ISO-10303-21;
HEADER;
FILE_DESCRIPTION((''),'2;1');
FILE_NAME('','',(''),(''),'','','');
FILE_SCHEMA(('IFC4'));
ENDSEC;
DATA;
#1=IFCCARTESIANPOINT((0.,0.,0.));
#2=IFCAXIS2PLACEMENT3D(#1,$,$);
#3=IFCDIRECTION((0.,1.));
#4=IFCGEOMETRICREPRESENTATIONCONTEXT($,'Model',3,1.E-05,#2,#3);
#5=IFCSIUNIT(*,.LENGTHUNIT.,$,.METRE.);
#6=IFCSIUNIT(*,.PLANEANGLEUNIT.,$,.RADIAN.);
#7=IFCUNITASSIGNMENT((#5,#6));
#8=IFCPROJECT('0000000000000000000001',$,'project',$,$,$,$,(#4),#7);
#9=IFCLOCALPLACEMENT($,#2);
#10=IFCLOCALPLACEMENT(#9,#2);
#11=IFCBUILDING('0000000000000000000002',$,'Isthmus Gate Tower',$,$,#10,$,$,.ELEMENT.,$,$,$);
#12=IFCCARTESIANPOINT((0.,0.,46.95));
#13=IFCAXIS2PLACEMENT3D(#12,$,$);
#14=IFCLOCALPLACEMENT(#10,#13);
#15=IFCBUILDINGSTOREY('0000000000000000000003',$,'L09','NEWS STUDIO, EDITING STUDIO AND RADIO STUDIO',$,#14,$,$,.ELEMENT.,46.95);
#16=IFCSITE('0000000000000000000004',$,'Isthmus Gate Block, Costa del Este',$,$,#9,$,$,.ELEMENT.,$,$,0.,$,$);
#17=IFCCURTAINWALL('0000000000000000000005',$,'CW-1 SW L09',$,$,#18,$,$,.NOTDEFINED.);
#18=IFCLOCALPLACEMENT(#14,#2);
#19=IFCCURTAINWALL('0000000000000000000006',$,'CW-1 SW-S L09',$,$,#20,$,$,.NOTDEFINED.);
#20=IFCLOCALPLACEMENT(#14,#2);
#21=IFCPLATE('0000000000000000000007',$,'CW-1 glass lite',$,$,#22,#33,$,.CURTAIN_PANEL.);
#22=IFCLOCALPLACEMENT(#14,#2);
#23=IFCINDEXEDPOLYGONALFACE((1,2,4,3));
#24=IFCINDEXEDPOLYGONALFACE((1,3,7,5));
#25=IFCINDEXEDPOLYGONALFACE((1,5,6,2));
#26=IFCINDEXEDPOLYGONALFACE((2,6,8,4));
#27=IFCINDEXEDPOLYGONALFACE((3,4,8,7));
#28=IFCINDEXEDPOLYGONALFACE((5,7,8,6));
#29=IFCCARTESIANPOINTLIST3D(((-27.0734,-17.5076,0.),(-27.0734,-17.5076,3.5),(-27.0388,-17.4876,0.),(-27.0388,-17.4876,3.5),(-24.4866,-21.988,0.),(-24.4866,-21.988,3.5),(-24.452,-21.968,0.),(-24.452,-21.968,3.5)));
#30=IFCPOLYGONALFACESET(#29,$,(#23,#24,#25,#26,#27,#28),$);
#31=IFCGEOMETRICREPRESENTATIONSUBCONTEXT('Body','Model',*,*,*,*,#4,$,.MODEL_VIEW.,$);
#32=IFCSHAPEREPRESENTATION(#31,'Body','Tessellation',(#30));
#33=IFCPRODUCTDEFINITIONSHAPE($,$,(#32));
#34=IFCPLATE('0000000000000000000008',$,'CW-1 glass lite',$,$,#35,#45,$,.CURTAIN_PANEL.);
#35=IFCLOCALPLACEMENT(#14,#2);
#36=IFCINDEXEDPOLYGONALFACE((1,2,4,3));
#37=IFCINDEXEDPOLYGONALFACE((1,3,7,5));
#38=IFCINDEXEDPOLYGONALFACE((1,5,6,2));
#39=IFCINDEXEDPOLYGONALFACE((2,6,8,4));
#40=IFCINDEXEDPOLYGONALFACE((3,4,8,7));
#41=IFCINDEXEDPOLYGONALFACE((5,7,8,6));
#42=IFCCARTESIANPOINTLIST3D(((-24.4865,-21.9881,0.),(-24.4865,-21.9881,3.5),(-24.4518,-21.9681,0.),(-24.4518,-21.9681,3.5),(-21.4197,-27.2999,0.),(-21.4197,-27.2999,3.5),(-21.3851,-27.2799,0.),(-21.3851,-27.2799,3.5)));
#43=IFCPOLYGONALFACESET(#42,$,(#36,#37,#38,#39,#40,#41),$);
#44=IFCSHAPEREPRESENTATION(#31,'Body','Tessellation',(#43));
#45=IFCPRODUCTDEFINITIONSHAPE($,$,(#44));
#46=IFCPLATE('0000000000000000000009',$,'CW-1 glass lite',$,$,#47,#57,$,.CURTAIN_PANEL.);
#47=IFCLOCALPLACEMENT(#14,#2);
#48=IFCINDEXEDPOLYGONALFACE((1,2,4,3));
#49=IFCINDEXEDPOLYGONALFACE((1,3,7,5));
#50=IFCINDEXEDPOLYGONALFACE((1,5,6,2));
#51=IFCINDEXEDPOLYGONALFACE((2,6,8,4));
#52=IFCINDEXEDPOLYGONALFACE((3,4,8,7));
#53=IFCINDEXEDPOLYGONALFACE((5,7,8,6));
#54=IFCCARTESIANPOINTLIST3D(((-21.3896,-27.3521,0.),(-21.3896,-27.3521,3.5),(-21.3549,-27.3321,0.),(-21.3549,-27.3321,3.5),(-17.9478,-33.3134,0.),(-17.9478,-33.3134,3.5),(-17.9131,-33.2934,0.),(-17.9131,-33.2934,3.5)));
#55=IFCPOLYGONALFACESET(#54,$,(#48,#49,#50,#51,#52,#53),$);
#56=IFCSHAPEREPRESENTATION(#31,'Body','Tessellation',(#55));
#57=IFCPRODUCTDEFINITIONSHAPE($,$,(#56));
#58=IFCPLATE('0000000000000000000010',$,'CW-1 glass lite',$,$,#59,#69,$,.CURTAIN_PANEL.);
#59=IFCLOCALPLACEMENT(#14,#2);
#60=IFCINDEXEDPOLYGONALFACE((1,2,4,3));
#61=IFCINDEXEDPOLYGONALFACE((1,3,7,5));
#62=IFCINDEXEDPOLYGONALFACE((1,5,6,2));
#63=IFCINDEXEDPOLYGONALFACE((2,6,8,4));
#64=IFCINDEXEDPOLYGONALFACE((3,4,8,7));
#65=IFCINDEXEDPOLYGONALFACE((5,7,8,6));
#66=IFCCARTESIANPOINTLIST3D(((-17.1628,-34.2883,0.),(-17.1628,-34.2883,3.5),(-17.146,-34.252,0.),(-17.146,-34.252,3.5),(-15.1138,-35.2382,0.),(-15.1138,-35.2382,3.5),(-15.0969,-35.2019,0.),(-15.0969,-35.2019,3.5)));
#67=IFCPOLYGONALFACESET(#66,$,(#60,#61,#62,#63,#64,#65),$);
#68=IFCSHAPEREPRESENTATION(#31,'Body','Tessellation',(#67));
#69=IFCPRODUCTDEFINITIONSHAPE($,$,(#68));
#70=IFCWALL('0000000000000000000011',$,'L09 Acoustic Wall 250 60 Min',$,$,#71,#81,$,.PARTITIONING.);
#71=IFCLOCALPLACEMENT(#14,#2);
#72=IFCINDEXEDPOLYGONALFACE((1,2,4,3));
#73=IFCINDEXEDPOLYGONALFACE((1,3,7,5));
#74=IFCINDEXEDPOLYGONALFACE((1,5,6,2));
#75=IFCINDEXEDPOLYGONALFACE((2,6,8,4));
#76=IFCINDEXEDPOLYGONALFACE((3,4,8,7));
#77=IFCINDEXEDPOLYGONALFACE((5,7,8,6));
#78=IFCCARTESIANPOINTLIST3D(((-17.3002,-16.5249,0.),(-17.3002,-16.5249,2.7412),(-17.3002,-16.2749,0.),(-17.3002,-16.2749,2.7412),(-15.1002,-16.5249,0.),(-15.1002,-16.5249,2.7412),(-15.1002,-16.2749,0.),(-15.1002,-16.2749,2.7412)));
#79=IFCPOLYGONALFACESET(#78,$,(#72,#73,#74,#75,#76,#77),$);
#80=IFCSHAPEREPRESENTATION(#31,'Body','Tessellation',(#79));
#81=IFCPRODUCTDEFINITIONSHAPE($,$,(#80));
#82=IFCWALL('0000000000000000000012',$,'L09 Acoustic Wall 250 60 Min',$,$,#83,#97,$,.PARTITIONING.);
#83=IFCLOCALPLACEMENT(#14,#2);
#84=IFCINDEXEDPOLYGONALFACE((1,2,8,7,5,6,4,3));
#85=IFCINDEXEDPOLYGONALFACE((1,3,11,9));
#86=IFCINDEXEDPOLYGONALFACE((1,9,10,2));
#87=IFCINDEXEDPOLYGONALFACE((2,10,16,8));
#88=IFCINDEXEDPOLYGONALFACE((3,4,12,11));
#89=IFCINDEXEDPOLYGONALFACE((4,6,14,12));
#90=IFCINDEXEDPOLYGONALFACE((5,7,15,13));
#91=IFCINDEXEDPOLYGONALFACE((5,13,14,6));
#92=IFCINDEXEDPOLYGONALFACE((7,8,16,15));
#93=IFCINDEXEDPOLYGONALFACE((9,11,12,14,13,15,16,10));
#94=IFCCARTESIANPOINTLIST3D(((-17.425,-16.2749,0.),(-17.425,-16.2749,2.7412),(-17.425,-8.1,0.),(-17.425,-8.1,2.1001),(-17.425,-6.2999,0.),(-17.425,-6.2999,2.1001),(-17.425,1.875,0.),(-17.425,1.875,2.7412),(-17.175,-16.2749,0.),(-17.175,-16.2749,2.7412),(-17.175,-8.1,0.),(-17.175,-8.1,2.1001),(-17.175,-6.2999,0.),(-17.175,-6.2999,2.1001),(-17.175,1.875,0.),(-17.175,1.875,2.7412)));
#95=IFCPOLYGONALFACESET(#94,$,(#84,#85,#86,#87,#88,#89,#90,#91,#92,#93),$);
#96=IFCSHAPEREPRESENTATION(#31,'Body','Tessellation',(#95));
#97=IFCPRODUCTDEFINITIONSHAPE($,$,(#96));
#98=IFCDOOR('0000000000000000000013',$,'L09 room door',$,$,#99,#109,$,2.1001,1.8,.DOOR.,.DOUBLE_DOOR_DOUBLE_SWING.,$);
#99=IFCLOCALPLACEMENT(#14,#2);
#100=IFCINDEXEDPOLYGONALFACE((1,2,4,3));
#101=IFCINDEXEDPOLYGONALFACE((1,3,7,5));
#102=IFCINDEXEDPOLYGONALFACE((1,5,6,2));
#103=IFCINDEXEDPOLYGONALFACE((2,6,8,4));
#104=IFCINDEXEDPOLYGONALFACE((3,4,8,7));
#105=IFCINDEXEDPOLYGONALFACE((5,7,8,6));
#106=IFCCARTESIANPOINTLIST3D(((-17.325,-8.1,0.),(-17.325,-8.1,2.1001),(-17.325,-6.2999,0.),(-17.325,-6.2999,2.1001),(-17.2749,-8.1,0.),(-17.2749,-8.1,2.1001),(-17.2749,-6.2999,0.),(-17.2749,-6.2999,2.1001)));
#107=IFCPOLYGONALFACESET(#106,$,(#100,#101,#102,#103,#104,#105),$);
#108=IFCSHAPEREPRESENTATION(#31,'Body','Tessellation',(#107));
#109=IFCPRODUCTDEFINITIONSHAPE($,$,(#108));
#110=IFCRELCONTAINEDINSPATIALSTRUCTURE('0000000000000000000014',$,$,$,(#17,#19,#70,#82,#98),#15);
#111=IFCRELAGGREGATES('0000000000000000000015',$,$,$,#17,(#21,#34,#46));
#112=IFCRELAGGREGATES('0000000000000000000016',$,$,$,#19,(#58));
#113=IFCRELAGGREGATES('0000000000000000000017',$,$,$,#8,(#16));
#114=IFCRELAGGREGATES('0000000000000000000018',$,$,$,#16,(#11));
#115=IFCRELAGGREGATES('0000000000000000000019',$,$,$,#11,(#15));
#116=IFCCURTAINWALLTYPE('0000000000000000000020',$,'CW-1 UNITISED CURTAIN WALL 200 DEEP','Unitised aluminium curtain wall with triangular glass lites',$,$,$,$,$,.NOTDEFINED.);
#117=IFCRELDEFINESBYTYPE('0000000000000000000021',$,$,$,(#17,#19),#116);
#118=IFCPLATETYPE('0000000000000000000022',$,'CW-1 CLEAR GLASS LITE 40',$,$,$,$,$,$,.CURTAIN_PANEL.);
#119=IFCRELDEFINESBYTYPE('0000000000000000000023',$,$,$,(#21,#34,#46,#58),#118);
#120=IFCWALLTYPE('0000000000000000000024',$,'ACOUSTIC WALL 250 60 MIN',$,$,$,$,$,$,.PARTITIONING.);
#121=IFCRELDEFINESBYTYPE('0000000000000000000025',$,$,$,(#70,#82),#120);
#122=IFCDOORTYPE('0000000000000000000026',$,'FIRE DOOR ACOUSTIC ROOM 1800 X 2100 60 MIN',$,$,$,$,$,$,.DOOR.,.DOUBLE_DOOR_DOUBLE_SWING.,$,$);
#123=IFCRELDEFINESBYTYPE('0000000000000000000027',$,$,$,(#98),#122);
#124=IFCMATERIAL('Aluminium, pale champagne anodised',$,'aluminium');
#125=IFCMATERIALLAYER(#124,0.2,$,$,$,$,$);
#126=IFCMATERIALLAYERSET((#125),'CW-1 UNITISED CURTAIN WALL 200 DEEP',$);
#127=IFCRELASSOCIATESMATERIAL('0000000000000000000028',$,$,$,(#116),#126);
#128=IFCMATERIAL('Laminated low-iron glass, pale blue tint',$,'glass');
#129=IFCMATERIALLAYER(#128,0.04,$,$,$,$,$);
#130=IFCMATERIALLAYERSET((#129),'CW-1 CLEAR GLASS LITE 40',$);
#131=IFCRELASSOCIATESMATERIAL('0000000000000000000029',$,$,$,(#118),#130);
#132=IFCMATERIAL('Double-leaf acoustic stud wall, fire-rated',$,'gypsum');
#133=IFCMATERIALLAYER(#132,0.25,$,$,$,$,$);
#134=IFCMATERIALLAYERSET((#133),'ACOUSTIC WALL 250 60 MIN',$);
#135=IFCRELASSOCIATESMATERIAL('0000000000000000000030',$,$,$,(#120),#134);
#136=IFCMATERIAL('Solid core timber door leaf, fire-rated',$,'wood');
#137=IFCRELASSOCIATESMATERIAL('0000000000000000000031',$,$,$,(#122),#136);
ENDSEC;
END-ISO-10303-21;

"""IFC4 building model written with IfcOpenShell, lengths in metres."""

from ifc_helpers import new_model, si_unit, direction, frame, frame_2d, origin, origin_2d, place, context, subcontext, project, spatial, rectangle, extrude, material, layer, layer_set, type_object, element, fill, aggregate, save


model = new_model("IFC4")

# Units and contexts
model_context = context("Model", 3, precision=1e-05, world=origin(), true_north=direction((0.0, 1.0)))
body_context = subcontext(model_context, "Body", "Model", "MODEL_VIEW")
ifc_project = project(units=[si_unit("LENGTHUNIT", "METRE"), si_unit("PLANEANGLEUNIT", "RADIAN")], contexts=[model_context])

# Site, building, storey
site_placement = place(None, origin())
site = spatial("IfcSite", under=ifc_project, at=site_placement, Name="Isthmus Gate Block, Costa del Este", CompositionType="ELEMENT", RefElevation=0.0)
building_placement = place(site_placement, origin())
building = spatial("IfcBuilding", under=site, at=building_placement, Name="Isthmus Gate Tower", CompositionType="ELEMENT")
storey_placement = place(building_placement, frame((0.0, 0.0, 46.95)))
storey = spatial("IfcBuildingStorey", under=building, at=storey_placement, Name="L09", Description="NEWS STUDIO, EDITING STUDIO AND RADIO STUDIO", CompositionType="ELEMENT", Elevation=46.95)

# Curtain wall
ifc_material_1 = material(Name="Aluminium, pale champagne anodised", Category="aluminium")
ifc_layer_1 = layer(ifc_material_1, 0.2)
ifc_layer_set_1 = layer_set([ifc_layer_1], Name="CW-1 UNITISED CURTAIN WALL 200 DEEP")
curtain_wall_type = type_object("IfcCurtainWallType", Name="CW-1 UNITISED CURTAIN WALL 200 DEEP", Description="Unitised aluminium curtain wall with triangular glass lites", PredefinedType="NOTDEFINED", material=ifc_layer_set_1)
curtain_wall_1_placement = place(storey_placement, origin())
curtain_wall_1 = element("IfcCurtainWall", 1, at=curtain_wall_1_placement, inside=storey, type_object=curtain_wall_type, Name="CW-1 SW L09", PredefinedType="NOTDEFINED")

# Curtain wall
curtain_wall_2_placement = place(storey_placement, origin())
curtain_wall_2 = element("IfcCurtainWall", 2, at=curtain_wall_2_placement, inside=storey, type_object=curtain_wall_type, Name="CW-1 SW-S L09", PredefinedType="NOTDEFINED")

# Plates
ifc_material_2 = material(Name="Laminated low-iron glass, pale blue tint", Category="glass")
ifc_layer_2 = layer(ifc_material_2, 0.04)
ifc_layer_set_2 = layer_set([ifc_layer_2], Name="CW-1 CLEAR GLASS LITE 40")
plate_type = type_object("IfcPlateType", Name="CW-1 CLEAR GLASS LITE 40", PredefinedType="CURTAIN_PANEL", material=ifc_layer_set_2)
plate_1_placement = place(storey_placement, frame((-25.7627, -19.7378, 0.0), z_axis=(0.0, 0.0, 1.0), x_axis=(0.5, -0.866025, 0.0)))
plate_1 = element("IfcPlate", 3, at=plate_1_placement, type_object=plate_type, Name="CW-1 glass lite", PredefinedType="CURTAIN_PANEL", context=body_context, shape_type="SweptSolid", body=[
    extrude(rectangle(XDim=5.1736, YDim=0.04, at=origin_2d()), origin(), (0.0, 0.0, 1.0), 3.5),
])
plate_2_placement = place(storey_placement, frame((-22.9358, -24.634, 0.0), z_axis=(0.0, 0.0, 1.0), x_axis=(0.5, -0.866025, 0.0)))
plate_2 = element("IfcPlate", 4, at=plate_2_placement, type_object=plate_type, Name="CW-1 glass lite", PredefinedType="CURTAIN_PANEL", context=body_context, shape_type="SweptSolid", body=[
    extrude(rectangle(XDim=6.1335, YDim=0.04, at=origin_2d()), origin(), (0.0, 0.0, 1.0), 3.5),
])
plate_3_placement = place(storey_placement, frame((-19.6514, -30.3228, 0.0), z_axis=(0.0, 0.0, 1.0), x_axis=(0.5, -0.866025, 0.0)))
plate_3 = element("IfcPlate", 5, at=plate_3_placement, type_object=plate_type, Name="CW-1 glass lite", PredefinedType="CURTAIN_PANEL", context=body_context, shape_type="SweptSolid", body=[
    extrude(rectangle(XDim=6.8835, YDim=0.04, at=origin_2d()), origin(), (0.0, 0.0, 1.0), 3.5),
])
aggregate(curtain_wall_1, [plate_1, plate_2, plate_3])
plate_4_placement = place(storey_placement, frame((-16.1299, -34.7451, 0.0), z_axis=(0.0, 0.0, 1.0), x_axis=(0.907256, -0.420578, 0.0)))
plate_4 = element("IfcPlate", 6, at=plate_4_placement, type_object=plate_type, Name="CW-1 glass lite", PredefinedType="CURTAIN_PANEL", context=body_context, shape_type="SweptSolid", body=[
    extrude(rectangle(XDim=2.2585, YDim=0.04, at=origin_2d()), origin(), (0.0, 0.0, 1.0), 3.5),
])
aggregate(curtain_wall_2, [plate_4])

# Wall
ifc_material_3 = material(Name="Double-leaf acoustic stud wall, fire-rated", Category="gypsum")
ifc_layer_3 = layer(ifc_material_3, 0.25)
ifc_layer_set_3 = layer_set([ifc_layer_3], Name="ACOUSTIC WALL 250 60 MIN")
wall_type = type_object("IfcWallType", Name="ACOUSTIC WALL 250 60 MIN", PredefinedType="PARTITIONING", material=ifc_layer_set_3)
wall_1_placement = place(storey_placement, frame((-15.1001, -16.3999, 0.0), z_axis=(0.0, 0.0, 1.0), x_axis=(-1.0, 0.0, 0.0)))
element("IfcWall", 7, at=wall_1_placement, inside=storey, type_object=wall_type, Name="L09 Acoustic Wall 250 60 Min", PredefinedType="PARTITIONING", context=body_context, shape_type="SweptSolid", body=[
    extrude(rectangle(XDim=2.2, YDim=0.25, at=frame_2d((1.1001, 0.0))), origin(), (0.0, 0.0, 1.0), 2.7412),
])

# Wall, opening, door
wall_2_placement = place(storey_placement, frame((-17.3, -16.2749, 0.0), z_axis=(0.0, 0.0, 1.0), x_axis=(0.0, 1.0, 0.0)))
wall_2 = element("IfcWall", 8, at=wall_2_placement, inside=storey, type_object=wall_type, Name="L09 Acoustic Wall 250 60 Min", PredefinedType="PARTITIONING", context=body_context, shape_type="SweptSolid", body=[
    extrude(rectangle(XDim=18.1499, YDim=0.25, at=frame_2d((9.075, 0.0))), origin(), (0.0, 0.0, 1.0), 2.7412),
])
opening_placement = place(wall_2_placement, frame((8.175, 0.0, 0.0)))
opening = element("IfcOpeningElement", 9, at=opening_placement, cuts=wall_2, PredefinedType="OPENING", context=body_context, shape_type="SweptSolid", body=[
    extrude(rectangle(XDim=1.8, YDim=2.1001, at=frame_2d((0.8999, 1.05))), frame((0.0, 0.135, 0.0), z_axis=(0.0, -1.0, 0.0), x_axis=(1.0, 0.0, 0.0)), (0.0, 0.0, 1.0), 0.27),
])
ifc_material_4 = material(Name="Solid core timber door leaf, fire-rated", Category="wood")
door_type = type_object("IfcDoorType", Name="FIRE DOOR ACOUSTIC ROOM 1800 X 2100 60 MIN", OperationType="DOUBLE_DOOR_DOUBLE_SWING", PredefinedType="DOOR", material=ifc_material_4)
door_placement = place(opening_placement, origin())
door = element("IfcDoor", 10, at=door_placement, inside=storey, type_object=door_type, Name="L09 room door", OperationType="DOUBLE_DOOR_DOUBLE_SWING", OverallHeight=2.1001, OverallWidth=1.8, PredefinedType="DOOR", context=body_context, shape_type="SweptSolid", body=[
    extrude(rectangle(XDim=1.8, YDim=2.1001, at=frame_2d((0.8999, 1.05))), frame((0.0, 0.0249, 0.0), z_axis=(0.0, -1.0, 0.0), x_axis=(1.0, 0.0, 0.0)), (0.0, 0.0, 1.0), 0.05),
])
fill(opening, door)

save(model, "model.ifc")
